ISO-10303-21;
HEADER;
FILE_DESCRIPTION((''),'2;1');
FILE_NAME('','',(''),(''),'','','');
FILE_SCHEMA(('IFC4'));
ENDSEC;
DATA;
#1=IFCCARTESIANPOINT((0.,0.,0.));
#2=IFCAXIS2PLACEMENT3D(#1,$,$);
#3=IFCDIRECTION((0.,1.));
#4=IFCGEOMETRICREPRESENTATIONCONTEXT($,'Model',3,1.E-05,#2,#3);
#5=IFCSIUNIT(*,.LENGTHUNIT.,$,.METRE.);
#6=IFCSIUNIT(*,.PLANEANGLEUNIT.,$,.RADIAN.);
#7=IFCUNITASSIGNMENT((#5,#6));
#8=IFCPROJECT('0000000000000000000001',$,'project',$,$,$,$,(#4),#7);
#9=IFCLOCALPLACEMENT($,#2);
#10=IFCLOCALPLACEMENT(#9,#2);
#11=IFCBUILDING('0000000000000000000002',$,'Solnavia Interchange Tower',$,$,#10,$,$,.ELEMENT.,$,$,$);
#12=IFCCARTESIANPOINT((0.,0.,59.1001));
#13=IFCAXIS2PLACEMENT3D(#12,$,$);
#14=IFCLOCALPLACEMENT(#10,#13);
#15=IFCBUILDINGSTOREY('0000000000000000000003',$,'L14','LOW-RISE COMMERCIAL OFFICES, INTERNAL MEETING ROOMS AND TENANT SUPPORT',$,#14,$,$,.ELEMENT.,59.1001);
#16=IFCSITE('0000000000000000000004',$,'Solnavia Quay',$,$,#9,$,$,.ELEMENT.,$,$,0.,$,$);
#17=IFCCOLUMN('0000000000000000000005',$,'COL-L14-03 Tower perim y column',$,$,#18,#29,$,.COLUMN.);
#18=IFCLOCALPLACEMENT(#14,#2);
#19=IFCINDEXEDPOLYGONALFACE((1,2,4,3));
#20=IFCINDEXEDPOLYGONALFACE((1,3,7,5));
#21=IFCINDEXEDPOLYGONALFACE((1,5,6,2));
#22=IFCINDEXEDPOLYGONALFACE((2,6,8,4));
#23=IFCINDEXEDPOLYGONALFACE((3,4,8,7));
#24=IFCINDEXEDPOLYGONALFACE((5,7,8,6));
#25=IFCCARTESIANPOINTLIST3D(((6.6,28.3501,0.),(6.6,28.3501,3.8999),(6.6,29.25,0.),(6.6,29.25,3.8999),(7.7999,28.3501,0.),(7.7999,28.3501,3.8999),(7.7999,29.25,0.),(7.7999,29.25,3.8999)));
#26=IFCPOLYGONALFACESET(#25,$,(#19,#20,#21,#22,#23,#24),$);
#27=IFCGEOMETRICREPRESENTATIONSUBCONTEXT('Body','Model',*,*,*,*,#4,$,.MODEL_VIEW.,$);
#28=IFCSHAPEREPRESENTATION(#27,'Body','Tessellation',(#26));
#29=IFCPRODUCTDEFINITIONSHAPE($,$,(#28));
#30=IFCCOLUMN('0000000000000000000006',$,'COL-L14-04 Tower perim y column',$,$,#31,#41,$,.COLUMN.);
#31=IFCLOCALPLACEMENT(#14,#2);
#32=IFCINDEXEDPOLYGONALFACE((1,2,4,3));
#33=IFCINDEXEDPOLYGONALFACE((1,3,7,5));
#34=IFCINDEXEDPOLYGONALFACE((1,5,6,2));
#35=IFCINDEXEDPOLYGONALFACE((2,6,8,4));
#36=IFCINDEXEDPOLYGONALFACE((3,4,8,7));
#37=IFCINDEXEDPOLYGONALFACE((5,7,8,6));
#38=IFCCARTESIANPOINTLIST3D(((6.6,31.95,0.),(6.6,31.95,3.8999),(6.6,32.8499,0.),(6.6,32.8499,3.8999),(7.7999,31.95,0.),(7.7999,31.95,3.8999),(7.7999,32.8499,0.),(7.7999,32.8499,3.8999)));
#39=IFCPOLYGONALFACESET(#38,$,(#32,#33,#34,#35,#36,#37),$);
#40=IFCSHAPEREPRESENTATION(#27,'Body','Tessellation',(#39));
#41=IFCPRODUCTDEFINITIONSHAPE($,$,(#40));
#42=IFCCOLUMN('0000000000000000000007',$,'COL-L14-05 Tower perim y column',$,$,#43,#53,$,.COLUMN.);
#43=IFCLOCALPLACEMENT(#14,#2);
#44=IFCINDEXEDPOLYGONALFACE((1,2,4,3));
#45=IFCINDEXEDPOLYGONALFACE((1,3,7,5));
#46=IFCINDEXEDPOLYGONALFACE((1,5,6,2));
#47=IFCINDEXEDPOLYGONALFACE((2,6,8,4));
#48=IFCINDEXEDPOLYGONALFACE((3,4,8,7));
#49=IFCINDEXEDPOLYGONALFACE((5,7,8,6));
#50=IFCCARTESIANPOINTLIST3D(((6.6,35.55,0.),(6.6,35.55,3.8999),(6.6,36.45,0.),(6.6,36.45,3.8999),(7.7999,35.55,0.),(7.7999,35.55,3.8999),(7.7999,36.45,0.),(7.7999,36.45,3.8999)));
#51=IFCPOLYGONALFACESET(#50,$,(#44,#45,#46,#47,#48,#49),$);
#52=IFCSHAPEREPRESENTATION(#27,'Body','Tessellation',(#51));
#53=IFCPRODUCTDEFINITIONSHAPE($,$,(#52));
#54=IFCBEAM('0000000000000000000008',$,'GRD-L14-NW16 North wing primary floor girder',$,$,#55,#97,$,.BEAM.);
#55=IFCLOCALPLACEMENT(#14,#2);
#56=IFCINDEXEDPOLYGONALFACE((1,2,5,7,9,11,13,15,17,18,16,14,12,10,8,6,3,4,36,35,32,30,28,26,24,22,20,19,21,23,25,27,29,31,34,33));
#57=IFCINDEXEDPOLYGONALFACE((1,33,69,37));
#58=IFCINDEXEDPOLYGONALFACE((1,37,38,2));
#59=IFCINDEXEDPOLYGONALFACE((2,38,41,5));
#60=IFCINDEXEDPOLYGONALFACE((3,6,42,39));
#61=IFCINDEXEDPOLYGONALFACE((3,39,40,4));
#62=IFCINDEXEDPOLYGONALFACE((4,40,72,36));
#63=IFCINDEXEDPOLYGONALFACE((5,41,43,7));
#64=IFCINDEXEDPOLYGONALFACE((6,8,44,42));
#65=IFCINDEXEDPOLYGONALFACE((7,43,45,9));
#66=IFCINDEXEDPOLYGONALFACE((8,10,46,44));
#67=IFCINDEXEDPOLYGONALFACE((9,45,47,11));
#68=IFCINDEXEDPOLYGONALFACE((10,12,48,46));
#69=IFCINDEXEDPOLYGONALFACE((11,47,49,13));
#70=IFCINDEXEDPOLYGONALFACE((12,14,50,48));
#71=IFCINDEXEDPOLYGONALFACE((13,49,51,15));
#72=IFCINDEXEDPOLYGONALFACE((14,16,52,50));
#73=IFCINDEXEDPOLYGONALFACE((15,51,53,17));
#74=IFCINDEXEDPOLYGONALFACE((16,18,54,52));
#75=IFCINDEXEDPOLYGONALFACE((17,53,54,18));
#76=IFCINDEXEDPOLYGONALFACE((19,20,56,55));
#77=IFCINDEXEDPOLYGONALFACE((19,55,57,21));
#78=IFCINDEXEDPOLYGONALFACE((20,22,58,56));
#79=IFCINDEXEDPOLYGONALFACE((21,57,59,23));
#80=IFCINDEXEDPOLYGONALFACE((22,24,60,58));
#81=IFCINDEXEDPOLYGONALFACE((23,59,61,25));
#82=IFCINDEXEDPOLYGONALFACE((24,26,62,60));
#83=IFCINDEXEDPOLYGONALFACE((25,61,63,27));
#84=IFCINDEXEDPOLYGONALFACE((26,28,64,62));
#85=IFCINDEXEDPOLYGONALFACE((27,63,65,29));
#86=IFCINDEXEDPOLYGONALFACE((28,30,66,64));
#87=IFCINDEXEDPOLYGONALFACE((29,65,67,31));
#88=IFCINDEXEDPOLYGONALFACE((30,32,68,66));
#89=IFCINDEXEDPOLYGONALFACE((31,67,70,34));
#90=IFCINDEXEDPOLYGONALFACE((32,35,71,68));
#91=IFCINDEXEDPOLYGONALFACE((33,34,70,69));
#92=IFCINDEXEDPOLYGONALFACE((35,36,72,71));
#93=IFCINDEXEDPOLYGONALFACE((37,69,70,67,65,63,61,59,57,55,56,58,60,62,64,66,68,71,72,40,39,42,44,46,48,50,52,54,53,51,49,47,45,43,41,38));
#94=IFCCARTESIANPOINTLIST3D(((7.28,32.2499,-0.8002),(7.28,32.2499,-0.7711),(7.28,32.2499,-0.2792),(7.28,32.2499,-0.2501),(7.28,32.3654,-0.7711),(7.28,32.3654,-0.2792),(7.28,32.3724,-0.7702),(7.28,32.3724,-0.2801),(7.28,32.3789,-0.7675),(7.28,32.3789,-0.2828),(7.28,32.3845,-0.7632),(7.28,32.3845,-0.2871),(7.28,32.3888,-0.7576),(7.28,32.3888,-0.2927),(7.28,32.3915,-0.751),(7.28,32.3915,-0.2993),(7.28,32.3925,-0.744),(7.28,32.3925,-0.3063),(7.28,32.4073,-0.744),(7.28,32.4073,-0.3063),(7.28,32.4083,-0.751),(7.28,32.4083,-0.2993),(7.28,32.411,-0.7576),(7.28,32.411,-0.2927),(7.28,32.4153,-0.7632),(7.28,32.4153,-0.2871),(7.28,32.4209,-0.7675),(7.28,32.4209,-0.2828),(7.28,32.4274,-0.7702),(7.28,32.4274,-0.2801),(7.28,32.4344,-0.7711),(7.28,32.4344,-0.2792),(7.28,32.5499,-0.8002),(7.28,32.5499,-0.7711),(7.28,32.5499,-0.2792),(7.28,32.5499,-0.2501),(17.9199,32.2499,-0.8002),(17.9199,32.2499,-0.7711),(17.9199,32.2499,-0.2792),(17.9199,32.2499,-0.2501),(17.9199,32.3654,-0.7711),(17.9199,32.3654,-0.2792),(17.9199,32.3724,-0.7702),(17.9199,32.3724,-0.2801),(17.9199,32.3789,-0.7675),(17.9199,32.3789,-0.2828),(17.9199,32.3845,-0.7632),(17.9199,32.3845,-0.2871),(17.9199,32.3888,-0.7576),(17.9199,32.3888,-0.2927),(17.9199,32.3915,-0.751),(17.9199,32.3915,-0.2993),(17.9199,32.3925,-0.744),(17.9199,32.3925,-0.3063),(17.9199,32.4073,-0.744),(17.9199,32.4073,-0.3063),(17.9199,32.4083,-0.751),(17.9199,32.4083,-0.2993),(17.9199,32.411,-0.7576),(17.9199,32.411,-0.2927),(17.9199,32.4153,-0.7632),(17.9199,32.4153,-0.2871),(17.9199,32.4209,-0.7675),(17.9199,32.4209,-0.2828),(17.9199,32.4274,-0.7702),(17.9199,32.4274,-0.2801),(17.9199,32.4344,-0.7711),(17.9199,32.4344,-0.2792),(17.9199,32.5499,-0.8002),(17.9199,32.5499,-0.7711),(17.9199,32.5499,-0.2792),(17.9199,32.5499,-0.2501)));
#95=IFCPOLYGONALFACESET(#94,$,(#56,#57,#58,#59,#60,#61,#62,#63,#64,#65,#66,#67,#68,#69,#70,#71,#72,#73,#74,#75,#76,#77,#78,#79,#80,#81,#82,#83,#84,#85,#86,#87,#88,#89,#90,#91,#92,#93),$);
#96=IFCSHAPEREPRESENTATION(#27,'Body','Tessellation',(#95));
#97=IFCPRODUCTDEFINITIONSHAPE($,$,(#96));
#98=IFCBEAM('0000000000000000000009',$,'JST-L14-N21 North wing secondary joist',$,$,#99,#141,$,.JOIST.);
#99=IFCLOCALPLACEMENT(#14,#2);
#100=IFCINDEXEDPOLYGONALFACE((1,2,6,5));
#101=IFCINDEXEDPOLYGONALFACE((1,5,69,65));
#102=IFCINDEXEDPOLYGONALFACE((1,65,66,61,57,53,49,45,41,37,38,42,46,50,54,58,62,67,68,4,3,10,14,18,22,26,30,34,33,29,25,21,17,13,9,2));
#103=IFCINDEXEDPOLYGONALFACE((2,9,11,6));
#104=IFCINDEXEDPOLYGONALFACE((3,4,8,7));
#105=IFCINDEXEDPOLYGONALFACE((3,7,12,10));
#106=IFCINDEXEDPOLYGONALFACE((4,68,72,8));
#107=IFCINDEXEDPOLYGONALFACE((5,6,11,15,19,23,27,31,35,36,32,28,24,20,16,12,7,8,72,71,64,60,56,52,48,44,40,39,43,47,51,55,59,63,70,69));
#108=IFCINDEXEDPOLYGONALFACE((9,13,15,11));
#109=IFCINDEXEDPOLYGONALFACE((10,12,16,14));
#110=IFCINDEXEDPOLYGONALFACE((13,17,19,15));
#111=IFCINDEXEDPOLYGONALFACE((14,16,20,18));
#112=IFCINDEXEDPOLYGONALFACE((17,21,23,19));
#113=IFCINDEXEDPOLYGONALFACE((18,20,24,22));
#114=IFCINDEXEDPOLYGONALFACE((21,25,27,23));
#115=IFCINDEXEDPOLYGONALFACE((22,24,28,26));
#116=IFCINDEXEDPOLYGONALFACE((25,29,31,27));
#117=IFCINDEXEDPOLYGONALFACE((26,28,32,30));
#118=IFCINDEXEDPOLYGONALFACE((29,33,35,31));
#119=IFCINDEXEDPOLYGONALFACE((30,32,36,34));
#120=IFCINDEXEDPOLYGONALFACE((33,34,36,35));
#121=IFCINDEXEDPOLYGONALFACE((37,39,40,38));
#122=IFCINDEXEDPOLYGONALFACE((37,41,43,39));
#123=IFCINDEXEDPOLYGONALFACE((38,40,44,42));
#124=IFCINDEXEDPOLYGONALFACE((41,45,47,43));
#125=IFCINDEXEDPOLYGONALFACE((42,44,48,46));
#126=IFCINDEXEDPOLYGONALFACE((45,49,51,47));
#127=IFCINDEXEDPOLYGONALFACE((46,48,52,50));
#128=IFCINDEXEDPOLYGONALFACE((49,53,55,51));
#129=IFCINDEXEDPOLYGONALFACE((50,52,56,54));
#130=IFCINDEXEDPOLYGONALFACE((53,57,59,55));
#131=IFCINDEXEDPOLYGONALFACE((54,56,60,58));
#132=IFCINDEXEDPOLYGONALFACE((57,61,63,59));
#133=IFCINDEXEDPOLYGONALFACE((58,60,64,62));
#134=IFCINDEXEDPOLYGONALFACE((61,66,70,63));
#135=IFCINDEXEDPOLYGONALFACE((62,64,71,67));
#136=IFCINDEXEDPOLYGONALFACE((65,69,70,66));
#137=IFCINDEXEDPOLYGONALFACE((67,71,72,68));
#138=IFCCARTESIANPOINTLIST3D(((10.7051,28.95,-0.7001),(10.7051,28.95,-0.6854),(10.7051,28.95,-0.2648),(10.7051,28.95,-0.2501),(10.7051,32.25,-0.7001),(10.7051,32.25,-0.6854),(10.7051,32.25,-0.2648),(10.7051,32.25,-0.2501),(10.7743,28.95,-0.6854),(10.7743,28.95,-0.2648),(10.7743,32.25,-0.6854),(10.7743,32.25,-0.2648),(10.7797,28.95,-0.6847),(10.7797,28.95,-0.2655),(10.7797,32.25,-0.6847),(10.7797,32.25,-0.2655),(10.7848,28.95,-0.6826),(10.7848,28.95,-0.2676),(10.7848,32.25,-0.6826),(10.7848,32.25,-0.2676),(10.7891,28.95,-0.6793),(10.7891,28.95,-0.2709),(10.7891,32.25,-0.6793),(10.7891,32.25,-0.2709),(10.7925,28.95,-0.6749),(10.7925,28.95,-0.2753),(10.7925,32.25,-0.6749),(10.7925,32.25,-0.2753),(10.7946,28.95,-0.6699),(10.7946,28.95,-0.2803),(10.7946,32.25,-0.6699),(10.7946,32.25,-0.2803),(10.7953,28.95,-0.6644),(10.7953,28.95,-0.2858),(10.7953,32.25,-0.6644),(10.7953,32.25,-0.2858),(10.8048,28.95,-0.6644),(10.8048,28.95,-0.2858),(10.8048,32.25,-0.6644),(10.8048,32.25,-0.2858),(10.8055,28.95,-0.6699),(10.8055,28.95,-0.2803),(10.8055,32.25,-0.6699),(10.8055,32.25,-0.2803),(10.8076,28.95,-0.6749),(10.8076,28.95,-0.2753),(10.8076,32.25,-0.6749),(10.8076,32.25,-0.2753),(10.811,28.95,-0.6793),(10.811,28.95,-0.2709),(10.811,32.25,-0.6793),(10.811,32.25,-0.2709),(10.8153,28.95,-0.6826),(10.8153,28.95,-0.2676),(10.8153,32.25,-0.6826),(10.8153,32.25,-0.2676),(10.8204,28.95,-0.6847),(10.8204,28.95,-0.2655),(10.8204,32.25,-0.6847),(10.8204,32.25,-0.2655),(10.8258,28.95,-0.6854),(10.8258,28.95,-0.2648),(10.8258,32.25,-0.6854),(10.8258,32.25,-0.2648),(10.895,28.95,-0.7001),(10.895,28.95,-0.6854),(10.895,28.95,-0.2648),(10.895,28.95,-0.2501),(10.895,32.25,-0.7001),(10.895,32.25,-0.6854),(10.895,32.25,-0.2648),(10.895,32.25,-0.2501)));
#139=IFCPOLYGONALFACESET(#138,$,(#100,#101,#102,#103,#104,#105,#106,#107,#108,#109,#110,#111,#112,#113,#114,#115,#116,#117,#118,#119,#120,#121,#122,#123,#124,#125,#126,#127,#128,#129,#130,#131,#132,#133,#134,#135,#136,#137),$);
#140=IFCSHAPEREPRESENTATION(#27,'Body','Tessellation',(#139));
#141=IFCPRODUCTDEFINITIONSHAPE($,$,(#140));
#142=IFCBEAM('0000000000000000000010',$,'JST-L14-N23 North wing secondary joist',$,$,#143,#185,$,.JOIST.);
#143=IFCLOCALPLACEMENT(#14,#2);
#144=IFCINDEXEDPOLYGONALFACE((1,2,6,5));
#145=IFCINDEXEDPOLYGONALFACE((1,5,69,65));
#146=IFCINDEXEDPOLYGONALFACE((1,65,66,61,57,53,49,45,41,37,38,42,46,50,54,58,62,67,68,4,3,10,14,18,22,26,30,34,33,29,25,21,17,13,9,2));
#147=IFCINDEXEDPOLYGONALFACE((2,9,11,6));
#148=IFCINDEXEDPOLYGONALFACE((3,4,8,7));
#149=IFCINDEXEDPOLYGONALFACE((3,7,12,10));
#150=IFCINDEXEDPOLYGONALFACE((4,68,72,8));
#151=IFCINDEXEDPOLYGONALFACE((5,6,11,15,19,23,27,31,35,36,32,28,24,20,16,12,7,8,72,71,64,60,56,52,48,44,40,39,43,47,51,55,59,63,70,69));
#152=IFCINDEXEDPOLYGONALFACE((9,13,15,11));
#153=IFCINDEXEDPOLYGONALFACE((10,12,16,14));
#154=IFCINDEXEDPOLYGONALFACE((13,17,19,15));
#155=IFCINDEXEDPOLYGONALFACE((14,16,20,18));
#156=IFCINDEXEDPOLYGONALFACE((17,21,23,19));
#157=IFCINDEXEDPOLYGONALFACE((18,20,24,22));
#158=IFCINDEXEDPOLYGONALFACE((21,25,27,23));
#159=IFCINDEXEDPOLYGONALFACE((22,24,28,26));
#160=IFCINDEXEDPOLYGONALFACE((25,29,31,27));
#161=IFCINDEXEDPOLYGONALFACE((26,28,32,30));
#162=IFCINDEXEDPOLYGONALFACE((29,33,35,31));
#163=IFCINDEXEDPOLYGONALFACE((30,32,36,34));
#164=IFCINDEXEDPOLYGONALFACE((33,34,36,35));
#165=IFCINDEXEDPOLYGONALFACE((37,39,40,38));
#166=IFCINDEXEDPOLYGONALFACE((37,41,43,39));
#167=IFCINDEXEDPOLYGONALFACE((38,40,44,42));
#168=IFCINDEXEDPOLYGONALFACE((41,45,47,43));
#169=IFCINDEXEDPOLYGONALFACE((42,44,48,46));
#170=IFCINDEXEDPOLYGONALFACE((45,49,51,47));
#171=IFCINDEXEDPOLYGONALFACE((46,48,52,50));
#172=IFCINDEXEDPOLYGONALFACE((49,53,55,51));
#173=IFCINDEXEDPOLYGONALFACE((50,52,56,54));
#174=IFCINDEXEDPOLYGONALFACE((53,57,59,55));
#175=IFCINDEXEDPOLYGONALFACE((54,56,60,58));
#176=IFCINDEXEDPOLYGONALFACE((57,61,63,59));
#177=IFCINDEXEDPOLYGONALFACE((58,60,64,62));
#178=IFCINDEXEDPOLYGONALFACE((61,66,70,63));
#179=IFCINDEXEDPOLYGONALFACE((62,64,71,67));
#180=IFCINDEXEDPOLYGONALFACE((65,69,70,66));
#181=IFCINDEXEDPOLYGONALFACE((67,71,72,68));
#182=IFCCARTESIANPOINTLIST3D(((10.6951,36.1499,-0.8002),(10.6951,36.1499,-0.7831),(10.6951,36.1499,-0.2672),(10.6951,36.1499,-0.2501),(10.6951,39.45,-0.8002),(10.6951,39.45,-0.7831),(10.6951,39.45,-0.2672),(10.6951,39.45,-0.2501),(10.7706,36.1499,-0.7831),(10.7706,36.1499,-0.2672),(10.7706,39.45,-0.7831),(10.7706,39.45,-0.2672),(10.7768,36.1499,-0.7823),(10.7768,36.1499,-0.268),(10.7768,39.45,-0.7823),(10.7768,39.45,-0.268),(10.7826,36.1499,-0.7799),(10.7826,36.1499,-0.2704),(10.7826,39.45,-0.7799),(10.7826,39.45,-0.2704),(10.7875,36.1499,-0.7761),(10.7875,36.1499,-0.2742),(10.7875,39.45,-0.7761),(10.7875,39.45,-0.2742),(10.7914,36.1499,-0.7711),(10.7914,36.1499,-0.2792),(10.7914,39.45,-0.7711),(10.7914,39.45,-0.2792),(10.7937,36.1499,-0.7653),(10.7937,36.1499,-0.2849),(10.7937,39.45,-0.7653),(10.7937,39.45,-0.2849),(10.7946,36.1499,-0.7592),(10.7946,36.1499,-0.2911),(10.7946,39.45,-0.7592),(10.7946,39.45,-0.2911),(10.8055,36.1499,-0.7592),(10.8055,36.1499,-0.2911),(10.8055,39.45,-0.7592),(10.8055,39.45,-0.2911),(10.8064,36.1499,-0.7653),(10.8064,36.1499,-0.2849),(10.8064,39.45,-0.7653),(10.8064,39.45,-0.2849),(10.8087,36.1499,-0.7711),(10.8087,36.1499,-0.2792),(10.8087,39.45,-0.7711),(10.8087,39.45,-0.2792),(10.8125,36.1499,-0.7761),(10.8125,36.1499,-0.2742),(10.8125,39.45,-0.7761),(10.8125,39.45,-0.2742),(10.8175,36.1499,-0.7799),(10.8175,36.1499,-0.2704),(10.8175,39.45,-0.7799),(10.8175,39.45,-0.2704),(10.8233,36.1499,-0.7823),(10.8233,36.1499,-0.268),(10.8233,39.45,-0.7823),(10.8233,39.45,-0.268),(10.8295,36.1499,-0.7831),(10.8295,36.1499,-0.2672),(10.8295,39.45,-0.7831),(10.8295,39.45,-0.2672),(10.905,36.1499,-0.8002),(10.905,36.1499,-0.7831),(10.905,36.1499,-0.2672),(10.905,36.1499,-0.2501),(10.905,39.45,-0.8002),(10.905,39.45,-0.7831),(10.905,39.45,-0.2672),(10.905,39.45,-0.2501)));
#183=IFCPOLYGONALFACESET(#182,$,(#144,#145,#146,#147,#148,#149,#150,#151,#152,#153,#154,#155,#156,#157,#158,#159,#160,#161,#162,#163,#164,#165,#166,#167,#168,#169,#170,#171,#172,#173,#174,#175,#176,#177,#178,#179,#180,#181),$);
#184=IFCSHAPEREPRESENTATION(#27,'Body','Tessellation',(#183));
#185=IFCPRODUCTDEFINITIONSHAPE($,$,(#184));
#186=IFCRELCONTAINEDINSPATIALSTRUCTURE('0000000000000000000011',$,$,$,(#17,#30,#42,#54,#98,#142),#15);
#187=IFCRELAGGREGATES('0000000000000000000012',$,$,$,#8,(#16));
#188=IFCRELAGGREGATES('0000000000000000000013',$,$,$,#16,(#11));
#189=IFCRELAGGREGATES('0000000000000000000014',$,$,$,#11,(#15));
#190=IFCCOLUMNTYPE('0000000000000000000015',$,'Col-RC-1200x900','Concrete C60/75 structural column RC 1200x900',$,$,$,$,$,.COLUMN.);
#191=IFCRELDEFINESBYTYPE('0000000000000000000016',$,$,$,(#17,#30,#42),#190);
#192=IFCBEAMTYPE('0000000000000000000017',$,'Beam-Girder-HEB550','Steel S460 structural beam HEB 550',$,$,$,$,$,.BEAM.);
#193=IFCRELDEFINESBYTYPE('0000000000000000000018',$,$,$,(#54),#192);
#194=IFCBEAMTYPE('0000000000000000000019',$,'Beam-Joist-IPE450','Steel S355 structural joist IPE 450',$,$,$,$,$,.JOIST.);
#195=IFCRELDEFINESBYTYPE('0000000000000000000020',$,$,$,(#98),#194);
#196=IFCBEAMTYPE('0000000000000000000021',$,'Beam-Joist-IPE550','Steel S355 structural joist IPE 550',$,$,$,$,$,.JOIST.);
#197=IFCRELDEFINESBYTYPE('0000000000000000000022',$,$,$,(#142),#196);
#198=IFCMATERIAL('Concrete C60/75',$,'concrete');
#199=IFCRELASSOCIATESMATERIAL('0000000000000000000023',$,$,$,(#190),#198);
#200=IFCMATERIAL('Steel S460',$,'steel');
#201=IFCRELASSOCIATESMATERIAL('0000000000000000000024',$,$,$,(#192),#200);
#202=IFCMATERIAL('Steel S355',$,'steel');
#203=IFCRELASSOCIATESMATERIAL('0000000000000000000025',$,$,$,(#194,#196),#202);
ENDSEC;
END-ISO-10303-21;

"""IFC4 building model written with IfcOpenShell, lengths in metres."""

from ifc_helpers import new_model, si_unit, direction, frame, origin, origin_2d, place, context, subcontext, project, spatial, rectangle, i_section, extrude, material, material_profile, profile_set, type_object, element, save


model = new_model("IFC4")

# Units and contexts
model_context = context("Model", 3, precision=1e-05, world=origin(), true_north=direction((0.0, 1.0)))
body_context = subcontext(model_context, "Body", "Model", "MODEL_VIEW")
ifc_project = project(units=[si_unit("LENGTHUNIT", "METRE"), si_unit("PLANEANGLEUNIT", "RADIAN")], contexts=[model_context])

# Site, building, storey
site_placement = place(None, origin())
site = spatial("IfcSite", under=ifc_project, at=site_placement, Name="Solnavia Quay", CompositionType="ELEMENT", RefElevation=0.0)
building_placement = place(site_placement, origin())
building = spatial("IfcBuilding", under=site, at=building_placement, Name="Solnavia Interchange Tower", CompositionType="ELEMENT")
storey_placement = place(building_placement, frame((0.0, 0.0, 59.1001)))
storey = spatial("IfcBuildingStorey", under=building, at=storey_placement, Name="L14", Description="LOW-RISE COMMERCIAL OFFICES, INTERNAL MEETING ROOMS AND TENANT SUPPORT", CompositionType="ELEMENT", Elevation=59.1001)

# Columns
ifc_material_1 = material(Name="Concrete C60/75", Category="concrete")
ifc_material_profile_1 = material_profile(ifc_material_1, rectangle(XDim=0.8999, YDim=1.2, at=origin_2d()), Name="RC 1200x900")
ifc_profile_set_1 = profile_set([ifc_material_profile_1], Name="Concrete C60/75")
column_type = type_object("IfcColumnType", Name="Col-RC-1200x900", Description="Concrete C60/75 structural column RC 1200x900", PredefinedType="COLUMN", material=ifc_profile_set_1)
for number, where, z_axis, x_axis, name in (
    (1, (7.2, 28.8, 0.0), (0.0, 0.0, 1.0), (0.0, 1.0, 0.0), "COL-L14-03 Tower perim y column"),
    (2, (7.2, 32.3999, 0.0), (0.0, 0.0, 1.0), (0.0, 1.0, 0.0), "COL-L14-04 Tower perim y column"),
    (3, (7.2, 36.0, 0.0), (0.0, 0.0, 1.0), (0.0, 1.0, 0.0), "COL-L14-05 Tower perim y column"),
):
    element("IfcColumn", number, at=place(storey_placement, frame(where, z_axis=z_axis, x_axis=x_axis)), inside=storey, type_object=column_type, Name=name, PredefinedType="COLUMN", context=body_context, shape_type="SweptSolid", body=[
        extrude(rectangle(XDim=0.8999, YDim=1.2, at=origin_2d()), origin(), (0.0, 0.0, 1.0), 3.8999),
    ])

# Beams
ifc_material_2 = material(Name="Steel S460", Category="steel")
ifc_material_profile_2 = material_profile(ifc_material_2, i_section(OverallWidth=0.3, OverallDepth=0.55, WebThickness=0.0149, FlangeThickness=0.0291, FilletRadius=0.0271, at=origin_2d()), Name="HEB 550")
ifc_profile_set_2 = profile_set([ifc_material_profile_2], Name="Steel S460")
beam_type_1 = type_object("IfcBeamType", Name="Beam-Girder-HEB550", Description="Steel S460 structural beam HEB 550", PredefinedType="BEAM", material=ifc_profile_set_2)
beam_1_placement = place(storey_placement, frame((7.28, 32.3999, -0.5251), z_axis=(1.0, 0.0, 0.0), x_axis=(0.0, 1.0, 0.0)))
element("IfcBeam", 4, at=beam_1_placement, inside=storey, type_object=beam_type_1, Name="GRD-L14-NW16 North wing primary floor girder", PredefinedType="BEAM", context=body_context, shape_type="SweptSolid", body=[
    extrude(i_section(OverallWidth=0.3, OverallDepth=0.55, WebThickness=0.0149, FlangeThickness=0.0291, FilletRadius=0.0271, at=origin_2d()), origin(), (0.0, 0.0, 1.0), 10.6399),
])
ifc_material_3 = material(Name="Steel S355", Category="steel")
ifc_material_profile_3 = material_profile(ifc_material_3, i_section(OverallWidth=0.1899, OverallDepth=0.45, WebThickness=0.0095, FlangeThickness=0.0146, FilletRadius=0.021, at=origin_2d()), Name="IPE 450")
ifc_profile_set_3 = profile_set([ifc_material_profile_3], Name="Steel S355")
beam_type_2 = type_object("IfcBeamType", Name="Beam-Joist-IPE450", Description="Steel S355 structural joist IPE 450", PredefinedType="JOIST", material=ifc_profile_set_3)
beam_2_placement = place(storey_placement, frame((10.8, 28.95, -0.4751), z_axis=(0.0, 1.0, 0.0), x_axis=(-1.0, 0.0, 0.0)))
element("IfcBeam", 5, at=beam_2_placement, inside=storey, type_object=beam_type_2, Name="JST-L14-N21 North wing secondary joist", PredefinedType="JOIST", context=body_context, shape_type="SweptSolid", body=[
    extrude(i_section(OverallWidth=0.1899, OverallDepth=0.45, WebThickness=0.0095, FlangeThickness=0.0146, FilletRadius=0.021, at=origin_2d()), origin(), (0.0, 0.0, 1.0), 3.3),
])
ifc_material_profile_4 = material_profile(ifc_material_3, i_section(OverallWidth=0.21, OverallDepth=0.55, WebThickness=0.011, FlangeThickness=0.0171, FilletRadius=0.0239, at=origin_2d()), Name="IPE 550")
ifc_profile_set_4 = profile_set([ifc_material_profile_4], Name="Steel S355")
beam_type_3 = type_object("IfcBeamType", Name="Beam-Joist-IPE550", Description="Steel S355 structural joist IPE 550", PredefinedType="JOIST", material=ifc_profile_set_4)
beam_3_placement = place(storey_placement, frame((10.8, 36.1499, -0.5251), z_axis=(0.0, 1.0, 0.0), x_axis=(-1.0, 0.0, 0.0)))
element("IfcBeam", 6, at=beam_3_placement, inside=storey, type_object=beam_type_3, Name="JST-L14-N23 North wing secondary joist", PredefinedType="JOIST", context=body_context, shape_type="SweptSolid", body=[
    extrude(i_section(OverallWidth=0.21, OverallDepth=0.55, WebThickness=0.011, FlangeThickness=0.0171, FilletRadius=0.0239, at=origin_2d()), origin(), (0.0, 0.0, 1.0), 3.3),
])

save(model, "model.ifc")
